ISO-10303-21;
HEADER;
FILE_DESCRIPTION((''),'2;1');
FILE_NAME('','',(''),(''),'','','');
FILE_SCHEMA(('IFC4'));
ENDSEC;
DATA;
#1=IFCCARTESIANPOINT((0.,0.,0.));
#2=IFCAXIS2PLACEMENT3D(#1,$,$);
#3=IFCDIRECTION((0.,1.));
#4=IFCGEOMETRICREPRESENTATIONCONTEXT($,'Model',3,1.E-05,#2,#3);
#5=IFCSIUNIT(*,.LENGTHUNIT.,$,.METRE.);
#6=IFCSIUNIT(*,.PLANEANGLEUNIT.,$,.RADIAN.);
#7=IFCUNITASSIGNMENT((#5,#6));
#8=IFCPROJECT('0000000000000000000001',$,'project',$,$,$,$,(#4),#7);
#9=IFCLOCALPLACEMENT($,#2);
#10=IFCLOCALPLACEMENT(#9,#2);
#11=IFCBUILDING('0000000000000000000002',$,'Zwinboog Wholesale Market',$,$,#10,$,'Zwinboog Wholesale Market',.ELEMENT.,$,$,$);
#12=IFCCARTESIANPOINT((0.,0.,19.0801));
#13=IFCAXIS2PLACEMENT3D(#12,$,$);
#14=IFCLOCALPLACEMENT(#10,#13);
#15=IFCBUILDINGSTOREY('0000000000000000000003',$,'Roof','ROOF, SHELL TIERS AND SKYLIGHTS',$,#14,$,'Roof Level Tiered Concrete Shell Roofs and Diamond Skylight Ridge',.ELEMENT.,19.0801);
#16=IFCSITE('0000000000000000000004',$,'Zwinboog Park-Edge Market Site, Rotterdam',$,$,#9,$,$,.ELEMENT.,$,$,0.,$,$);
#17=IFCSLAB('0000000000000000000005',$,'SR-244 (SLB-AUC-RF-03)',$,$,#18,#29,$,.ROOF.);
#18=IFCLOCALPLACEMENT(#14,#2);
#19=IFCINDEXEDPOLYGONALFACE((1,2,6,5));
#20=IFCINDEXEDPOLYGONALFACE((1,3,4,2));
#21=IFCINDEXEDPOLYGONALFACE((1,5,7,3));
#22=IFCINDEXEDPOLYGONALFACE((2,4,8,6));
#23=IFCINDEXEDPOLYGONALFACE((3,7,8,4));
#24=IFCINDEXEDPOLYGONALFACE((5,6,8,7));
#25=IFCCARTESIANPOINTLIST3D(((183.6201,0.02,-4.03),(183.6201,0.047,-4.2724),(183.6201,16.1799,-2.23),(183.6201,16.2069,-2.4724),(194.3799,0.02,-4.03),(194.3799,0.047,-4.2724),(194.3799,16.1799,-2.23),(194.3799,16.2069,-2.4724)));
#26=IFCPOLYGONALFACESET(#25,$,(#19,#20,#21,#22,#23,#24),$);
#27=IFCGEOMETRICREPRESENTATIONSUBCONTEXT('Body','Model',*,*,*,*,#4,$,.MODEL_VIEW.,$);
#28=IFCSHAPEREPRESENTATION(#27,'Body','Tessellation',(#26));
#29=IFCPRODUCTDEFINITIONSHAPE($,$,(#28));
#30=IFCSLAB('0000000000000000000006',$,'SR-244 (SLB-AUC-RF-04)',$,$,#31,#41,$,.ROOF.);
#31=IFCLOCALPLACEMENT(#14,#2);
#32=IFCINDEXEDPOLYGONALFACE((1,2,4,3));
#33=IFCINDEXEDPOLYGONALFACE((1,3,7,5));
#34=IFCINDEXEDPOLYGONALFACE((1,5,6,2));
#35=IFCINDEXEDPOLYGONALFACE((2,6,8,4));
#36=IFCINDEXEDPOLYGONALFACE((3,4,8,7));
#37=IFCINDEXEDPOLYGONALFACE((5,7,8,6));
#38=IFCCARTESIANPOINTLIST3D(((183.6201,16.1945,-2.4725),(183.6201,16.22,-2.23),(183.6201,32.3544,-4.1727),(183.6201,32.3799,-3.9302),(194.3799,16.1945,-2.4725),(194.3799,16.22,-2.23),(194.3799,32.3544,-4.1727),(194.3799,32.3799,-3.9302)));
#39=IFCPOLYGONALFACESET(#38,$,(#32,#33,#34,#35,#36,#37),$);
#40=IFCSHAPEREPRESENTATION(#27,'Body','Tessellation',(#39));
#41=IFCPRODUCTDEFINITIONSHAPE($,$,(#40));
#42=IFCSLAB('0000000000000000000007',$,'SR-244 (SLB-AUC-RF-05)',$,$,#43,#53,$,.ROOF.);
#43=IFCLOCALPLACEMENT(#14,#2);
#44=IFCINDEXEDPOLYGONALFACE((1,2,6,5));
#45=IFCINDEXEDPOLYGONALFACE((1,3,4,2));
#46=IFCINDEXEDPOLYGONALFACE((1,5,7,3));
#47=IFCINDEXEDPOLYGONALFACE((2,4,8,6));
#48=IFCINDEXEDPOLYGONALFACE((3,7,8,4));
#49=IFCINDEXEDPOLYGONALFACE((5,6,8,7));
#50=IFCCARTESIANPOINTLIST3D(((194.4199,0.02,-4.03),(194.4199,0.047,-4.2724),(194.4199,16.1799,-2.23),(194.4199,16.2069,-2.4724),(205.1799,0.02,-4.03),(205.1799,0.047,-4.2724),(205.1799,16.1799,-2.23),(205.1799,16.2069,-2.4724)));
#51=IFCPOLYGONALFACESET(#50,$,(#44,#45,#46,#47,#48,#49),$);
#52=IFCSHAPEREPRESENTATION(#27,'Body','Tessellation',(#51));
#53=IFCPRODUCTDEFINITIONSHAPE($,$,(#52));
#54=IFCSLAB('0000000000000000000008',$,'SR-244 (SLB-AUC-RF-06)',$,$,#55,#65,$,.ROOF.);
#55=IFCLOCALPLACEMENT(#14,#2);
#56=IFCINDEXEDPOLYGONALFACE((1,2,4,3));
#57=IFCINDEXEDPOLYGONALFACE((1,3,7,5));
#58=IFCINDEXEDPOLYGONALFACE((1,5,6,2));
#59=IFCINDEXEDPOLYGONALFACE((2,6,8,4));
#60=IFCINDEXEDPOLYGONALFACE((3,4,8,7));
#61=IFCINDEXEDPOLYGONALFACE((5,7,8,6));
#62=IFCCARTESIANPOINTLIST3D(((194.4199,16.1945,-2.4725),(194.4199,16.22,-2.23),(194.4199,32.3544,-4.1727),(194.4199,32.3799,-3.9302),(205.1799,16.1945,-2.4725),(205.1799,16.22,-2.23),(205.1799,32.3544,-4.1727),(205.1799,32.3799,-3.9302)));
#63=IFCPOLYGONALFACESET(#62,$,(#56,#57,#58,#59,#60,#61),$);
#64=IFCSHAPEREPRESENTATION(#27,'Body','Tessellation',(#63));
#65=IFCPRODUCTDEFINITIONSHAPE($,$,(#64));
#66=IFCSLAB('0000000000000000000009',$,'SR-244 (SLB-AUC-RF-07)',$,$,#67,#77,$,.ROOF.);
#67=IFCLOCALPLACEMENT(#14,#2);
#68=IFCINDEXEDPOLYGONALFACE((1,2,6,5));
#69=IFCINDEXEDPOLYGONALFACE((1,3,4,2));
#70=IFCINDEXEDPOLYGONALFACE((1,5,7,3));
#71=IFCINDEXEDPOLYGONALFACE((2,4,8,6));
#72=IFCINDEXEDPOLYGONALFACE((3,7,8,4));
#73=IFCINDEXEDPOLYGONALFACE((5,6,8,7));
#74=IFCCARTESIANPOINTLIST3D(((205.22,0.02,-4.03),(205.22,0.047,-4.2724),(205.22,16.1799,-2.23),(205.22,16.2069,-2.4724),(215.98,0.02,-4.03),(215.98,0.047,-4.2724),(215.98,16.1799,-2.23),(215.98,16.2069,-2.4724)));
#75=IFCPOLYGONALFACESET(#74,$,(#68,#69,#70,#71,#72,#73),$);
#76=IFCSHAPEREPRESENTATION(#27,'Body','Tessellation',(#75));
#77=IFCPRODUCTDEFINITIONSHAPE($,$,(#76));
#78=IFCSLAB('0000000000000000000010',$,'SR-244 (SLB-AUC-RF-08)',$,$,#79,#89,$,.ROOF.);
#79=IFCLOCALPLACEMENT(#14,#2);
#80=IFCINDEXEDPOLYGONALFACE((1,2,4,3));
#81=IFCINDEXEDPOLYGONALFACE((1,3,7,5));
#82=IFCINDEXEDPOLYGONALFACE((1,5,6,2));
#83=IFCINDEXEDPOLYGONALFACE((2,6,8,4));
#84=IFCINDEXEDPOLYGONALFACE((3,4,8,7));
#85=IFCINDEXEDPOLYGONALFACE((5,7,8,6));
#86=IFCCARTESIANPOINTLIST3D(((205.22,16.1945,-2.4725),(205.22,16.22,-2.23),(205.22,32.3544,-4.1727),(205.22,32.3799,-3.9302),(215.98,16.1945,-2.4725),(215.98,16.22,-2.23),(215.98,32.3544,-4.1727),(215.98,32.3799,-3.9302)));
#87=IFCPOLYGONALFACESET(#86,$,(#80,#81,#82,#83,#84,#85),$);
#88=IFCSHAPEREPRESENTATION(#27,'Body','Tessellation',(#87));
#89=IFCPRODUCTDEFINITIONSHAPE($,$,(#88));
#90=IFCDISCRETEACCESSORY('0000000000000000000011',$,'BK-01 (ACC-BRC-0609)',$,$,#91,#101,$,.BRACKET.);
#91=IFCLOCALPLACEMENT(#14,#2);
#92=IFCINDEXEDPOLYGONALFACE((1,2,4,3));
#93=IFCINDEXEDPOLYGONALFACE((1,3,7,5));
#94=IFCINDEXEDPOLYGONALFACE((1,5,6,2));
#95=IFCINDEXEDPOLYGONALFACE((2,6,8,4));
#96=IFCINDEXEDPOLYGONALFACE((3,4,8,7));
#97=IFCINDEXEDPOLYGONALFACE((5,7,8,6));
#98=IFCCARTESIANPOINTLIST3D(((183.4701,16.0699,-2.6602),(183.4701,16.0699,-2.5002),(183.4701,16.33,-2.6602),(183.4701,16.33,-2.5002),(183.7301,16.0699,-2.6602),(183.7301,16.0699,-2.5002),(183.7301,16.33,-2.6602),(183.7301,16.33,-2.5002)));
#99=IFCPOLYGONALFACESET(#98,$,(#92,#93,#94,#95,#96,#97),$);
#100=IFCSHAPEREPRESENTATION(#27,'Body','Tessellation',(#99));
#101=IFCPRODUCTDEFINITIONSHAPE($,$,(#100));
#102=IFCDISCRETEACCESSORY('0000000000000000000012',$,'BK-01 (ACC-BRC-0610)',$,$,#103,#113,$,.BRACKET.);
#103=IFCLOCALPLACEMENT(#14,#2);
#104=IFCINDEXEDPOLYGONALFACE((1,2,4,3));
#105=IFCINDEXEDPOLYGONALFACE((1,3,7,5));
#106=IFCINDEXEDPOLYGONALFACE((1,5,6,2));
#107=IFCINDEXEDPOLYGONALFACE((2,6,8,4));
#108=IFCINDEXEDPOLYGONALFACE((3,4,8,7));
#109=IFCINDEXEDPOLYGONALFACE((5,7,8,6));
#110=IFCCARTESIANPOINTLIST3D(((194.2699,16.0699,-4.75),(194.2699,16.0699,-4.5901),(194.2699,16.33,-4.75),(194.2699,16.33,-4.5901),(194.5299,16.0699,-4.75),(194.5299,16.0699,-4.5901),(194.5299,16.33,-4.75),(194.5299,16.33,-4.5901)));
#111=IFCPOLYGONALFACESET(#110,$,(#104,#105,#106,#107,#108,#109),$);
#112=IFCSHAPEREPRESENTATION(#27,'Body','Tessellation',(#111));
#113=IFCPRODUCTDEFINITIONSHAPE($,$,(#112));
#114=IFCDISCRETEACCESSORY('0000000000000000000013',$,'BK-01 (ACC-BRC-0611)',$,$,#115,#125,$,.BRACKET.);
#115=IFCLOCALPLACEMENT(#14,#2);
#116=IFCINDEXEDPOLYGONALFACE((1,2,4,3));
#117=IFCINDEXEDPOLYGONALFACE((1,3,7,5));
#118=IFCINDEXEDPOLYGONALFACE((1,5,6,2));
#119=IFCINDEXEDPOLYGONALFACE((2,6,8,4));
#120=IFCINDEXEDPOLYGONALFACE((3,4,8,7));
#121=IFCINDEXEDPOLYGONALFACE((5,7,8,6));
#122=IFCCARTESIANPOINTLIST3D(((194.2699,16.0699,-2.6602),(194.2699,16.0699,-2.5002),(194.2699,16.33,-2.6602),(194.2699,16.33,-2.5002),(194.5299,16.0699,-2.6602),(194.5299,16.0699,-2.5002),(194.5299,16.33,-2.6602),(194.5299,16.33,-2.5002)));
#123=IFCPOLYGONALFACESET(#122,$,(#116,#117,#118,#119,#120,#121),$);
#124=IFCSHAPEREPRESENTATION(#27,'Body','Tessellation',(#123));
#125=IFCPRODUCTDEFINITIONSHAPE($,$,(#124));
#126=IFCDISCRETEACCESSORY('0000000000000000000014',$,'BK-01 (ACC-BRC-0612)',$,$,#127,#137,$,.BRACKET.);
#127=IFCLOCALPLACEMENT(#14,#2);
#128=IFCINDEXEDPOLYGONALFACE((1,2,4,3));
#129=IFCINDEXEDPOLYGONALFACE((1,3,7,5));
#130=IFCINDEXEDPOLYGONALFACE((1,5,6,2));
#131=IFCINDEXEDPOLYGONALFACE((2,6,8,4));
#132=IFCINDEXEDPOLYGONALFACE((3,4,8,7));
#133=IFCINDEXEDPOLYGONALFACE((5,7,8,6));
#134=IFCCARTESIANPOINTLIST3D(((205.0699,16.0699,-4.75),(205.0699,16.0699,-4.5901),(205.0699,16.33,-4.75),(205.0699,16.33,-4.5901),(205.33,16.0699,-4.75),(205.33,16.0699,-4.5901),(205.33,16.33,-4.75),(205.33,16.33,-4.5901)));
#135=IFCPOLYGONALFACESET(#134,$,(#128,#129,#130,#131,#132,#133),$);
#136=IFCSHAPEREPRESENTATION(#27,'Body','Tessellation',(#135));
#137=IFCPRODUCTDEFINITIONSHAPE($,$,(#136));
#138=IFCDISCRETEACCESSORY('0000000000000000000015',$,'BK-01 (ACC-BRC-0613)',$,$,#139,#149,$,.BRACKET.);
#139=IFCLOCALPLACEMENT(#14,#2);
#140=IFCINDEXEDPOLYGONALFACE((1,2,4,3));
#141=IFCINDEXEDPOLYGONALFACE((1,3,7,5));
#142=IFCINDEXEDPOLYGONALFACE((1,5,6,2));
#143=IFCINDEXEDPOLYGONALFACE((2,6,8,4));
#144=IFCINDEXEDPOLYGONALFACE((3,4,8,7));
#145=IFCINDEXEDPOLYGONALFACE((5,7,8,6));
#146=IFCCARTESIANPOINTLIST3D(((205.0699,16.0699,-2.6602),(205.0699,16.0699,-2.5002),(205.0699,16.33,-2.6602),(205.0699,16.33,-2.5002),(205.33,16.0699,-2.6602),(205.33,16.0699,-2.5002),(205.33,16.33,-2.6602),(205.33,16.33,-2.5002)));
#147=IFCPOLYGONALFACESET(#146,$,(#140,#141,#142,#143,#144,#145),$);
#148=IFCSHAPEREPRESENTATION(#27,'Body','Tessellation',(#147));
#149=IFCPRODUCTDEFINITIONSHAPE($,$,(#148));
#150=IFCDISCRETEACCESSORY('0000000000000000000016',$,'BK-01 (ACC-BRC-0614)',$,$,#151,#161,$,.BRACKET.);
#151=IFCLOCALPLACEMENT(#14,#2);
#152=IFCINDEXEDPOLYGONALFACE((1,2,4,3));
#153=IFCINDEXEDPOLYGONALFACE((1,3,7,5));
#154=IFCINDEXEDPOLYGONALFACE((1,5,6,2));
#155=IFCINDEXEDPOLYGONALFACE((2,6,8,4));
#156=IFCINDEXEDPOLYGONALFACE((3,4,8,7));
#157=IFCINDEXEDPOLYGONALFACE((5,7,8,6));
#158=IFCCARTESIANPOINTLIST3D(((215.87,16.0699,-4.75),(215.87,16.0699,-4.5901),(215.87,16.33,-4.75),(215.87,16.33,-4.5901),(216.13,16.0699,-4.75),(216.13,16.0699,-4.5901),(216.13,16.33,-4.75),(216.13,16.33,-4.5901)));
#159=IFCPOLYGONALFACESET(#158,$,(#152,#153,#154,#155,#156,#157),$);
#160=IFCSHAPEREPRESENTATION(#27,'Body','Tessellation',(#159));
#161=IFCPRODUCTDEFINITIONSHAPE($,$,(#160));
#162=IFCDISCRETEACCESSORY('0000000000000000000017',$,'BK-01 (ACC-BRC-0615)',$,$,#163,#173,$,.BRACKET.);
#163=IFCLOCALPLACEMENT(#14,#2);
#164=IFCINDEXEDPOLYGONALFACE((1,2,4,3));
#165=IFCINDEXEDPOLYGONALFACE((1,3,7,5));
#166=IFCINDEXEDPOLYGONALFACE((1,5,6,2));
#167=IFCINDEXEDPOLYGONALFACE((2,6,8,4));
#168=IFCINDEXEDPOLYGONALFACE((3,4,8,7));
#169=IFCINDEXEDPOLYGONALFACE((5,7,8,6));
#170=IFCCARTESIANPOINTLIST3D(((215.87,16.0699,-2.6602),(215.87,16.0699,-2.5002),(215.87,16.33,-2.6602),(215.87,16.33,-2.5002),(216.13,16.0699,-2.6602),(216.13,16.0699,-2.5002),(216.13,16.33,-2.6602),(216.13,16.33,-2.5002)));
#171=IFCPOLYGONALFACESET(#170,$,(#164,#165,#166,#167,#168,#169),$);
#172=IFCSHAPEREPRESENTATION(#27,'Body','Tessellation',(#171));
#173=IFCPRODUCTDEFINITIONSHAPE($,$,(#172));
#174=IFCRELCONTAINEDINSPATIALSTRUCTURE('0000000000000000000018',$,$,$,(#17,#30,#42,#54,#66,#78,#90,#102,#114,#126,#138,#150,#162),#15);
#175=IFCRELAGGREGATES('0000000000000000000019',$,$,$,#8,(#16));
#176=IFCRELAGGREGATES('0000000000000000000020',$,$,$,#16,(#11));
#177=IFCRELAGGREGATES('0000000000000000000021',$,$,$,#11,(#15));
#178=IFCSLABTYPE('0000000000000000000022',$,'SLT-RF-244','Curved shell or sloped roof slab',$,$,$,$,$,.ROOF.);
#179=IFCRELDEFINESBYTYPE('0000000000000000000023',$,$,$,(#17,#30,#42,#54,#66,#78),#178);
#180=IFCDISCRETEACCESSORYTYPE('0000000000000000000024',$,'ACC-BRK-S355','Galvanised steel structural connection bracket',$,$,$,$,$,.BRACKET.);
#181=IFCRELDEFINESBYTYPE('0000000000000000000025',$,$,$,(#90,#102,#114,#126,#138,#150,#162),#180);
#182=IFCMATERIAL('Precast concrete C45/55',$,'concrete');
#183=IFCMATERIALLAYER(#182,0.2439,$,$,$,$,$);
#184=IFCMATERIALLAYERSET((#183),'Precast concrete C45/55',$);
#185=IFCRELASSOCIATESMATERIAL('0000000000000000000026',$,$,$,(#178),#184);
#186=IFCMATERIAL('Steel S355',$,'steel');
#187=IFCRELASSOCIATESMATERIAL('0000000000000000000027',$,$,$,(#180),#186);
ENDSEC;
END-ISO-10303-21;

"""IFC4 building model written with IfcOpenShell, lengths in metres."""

from ifc_helpers import new_model, si_unit, direction, frame, origin, origin_2d, place, context, subcontext, project, spatial, polyline, rectangle, outline, extrude, material, layer, layer_set, type_object, element, save


model = new_model("IFC4")

# Units and contexts
model_context = context("Model", 3, precision=1e-05, world=origin(), true_north=direction((0.0, 1.0)))
body_context = subcontext(model_context, "Body", "Model", "MODEL_VIEW")
ifc_project = project(units=[si_unit("LENGTHUNIT", "METRE"), si_unit("PLANEANGLEUNIT", "RADIAN")], contexts=[model_context])

# Site, building, storey
site_placement = place(None, origin())
site = spatial("IfcSite", under=ifc_project, at=site_placement, Name="Zwinboog Park-Edge Market Site, Rotterdam", CompositionType="ELEMENT", RefElevation=0.0)
building_placement = place(site_placement, origin())
building = spatial("IfcBuilding", under=site, at=building_placement, Name="Zwinboog Wholesale Market", LongName="Zwinboog Wholesale Market", CompositionType="ELEMENT")
storey_placement = place(building_placement, frame((0.0, 0.0, 19.0801)))
storey = spatial("IfcBuildingStorey", under=building, at=storey_placement, Name="Roof", Description="ROOF, SHELL TIERS AND SKYLIGHTS", LongName="Roof Level Tiered Concrete Shell Roofs and Diamond Skylight Ridge", CompositionType="ELEMENT", Elevation=19.0801)

# Shared definitions
ifc_material_1 = material(Name="Precast concrete C45/55", Category="concrete")
ifc_material_2 = material(Name="Steel S355", Category="steel")

# Slabs
ifc_layer = layer(ifc_material_1, 0.2439)
ifc_layer_set = layer_set([ifc_layer], Name="Precast concrete C45/55")
slab_type = type_object("IfcSlabType", Name="SLT-RF-244", Description="Curved shell or sloped roof slab", PredefinedType="ROOF", material=ifc_layer_set)
slab_1_placement = place(storey_placement, frame((183.6201, 0.02, -4.03), z_axis=(0.0, -0.110705, 0.993853), x_axis=(1.0, 0.0, 0.0)))
element("IfcSlab", 1, at=slab_1_placement, inside=storey, type_object=slab_type, Name="SR-244 (SLB-AUC-RF-03)", PredefinedType="ROOF", context=body_context, shape_type="SweptSolid", body=[
    extrude(outline(polyline([(0.0, 0.0), (10.7598, 0.0), (10.7598, 16.2599), (0.0, 16.2599), (0.0, 0.0)])), origin(), (0.0, 0.0, -1.0), 0.2439),
])
slab_2_placement = place(storey_placement, frame((183.6201, 16.22, -2.23), z_axis=(0.0, 0.104633, 0.994511), x_axis=(1.0, 0.0, 0.0)))
element("IfcSlab", 2, at=slab_2_placement, inside=storey, type_object=slab_type, Name="SR-244 (SLB-AUC-RF-04)", PredefinedType="ROOF", context=body_context, shape_type="SweptSolid", body=[
    extrude(outline(polyline([(0.0, 0.0), (10.7598, 0.0), (10.7598, 16.2491), (0.0, 16.2491), (0.0, 0.0)])), origin(), (0.0, 0.0, -1.0), 0.2439),
])
slab_3_placement = place(storey_placement, frame((194.4199, 0.02, -4.03), z_axis=(0.0, -0.110705, 0.993853), x_axis=(1.0, 0.0, 0.0)))
element("IfcSlab", 3, at=slab_3_placement, inside=storey, type_object=slab_type, Name="SR-244 (SLB-AUC-RF-05)", PredefinedType="ROOF", context=body_context, shape_type="SweptSolid", body=[
    extrude(outline(polyline([(0.0, 0.0), (10.76, 0.0), (10.76, 16.2599), (0.0, 16.2599), (0.0, 0.0)])), origin(), (0.0, 0.0, -1.0), 0.2439),
])
slab_4_placement = place(storey_placement, frame((194.4199, 16.22, -2.23), z_axis=(0.0, 0.104633, 0.994511), x_axis=(1.0, 0.0, 0.0)))
element("IfcSlab", 4, at=slab_4_placement, inside=storey, type_object=slab_type, Name="SR-244 (SLB-AUC-RF-06)", PredefinedType="ROOF", context=body_context, shape_type="SweptSolid", body=[
    extrude(outline(polyline([(0.0, 0.0), (10.76, 0.0), (10.76, 16.2491), (0.0, 16.2491), (0.0, 0.0)])), origin(), (0.0, 0.0, -1.0), 0.2439),
])
slab_5_placement = place(storey_placement, frame((205.22, 0.02, -4.03), z_axis=(0.0, -0.110705, 0.993853), x_axis=(1.0, 0.0, 0.0)))
element("IfcSlab", 5, at=slab_5_placement, inside=storey, type_object=slab_type, Name="SR-244 (SLB-AUC-RF-07)", PredefinedType="ROOF", context=body_context, shape_type="SweptSolid", body=[
    extrude(outline(polyline([(0.0, 0.0), (10.76, 0.0), (10.76, 16.2599), (0.0, 16.2599), (0.0, 0.0)])), origin(), (0.0, 0.0, -1.0), 0.2439),
])
slab_6_placement = place(storey_placement, frame((205.22, 16.22, -2.23), z_axis=(0.0, 0.104633, 0.994511), x_axis=(1.0, 0.0, 0.0)))
element("IfcSlab", 6, at=slab_6_placement, inside=storey, type_object=slab_type, Name="SR-244 (SLB-AUC-RF-08)", PredefinedType="ROOF", context=body_context, shape_type="SweptSolid", body=[
    extrude(outline(polyline([(0.0, 0.0), (10.76, 0.0), (10.76, 16.2491), (0.0, 16.2491), (0.0, 0.0)])), origin(), (0.0, 0.0, -1.0), 0.2439),
])

# Discrete accessories
discrete_accessory_type = type_object("IfcDiscreteAccessoryType", Name="ACC-BRK-S355", Description="Galvanised steel structural connection bracket", PredefinedType="BRACKET", material=ifc_material_2)
for number, where, z_axis, x_axis, name in (
    (7, (183.6001, 16.2, -2.6602), (0.0, 0.0, 1.0), (1.0, 0.0, 0.0), "BK-01 (ACC-BRC-0609)"),
    (8, (194.3999, 16.2, -4.75), (0.0, 0.0, 1.0), (1.0, 0.0, 0.0), "BK-01 (ACC-BRC-0610)"),
    (9, (194.3999, 16.2, -2.6602), (0.0, 0.0, 1.0), (1.0, 0.0, 0.0), "BK-01 (ACC-BRC-0611)"),
    (10, (205.2, 16.2, -4.75), (0.0, 0.0, 1.0), (1.0, 0.0, 0.0), "BK-01 (ACC-BRC-0612)"),
    (11, (205.2, 16.2, -2.6602), (0.0, 0.0, 1.0), (1.0, 0.0, 0.0), "BK-01 (ACC-BRC-0613)"),
    (12, (216.0, 16.2, -4.75), (0.0, 0.0, 1.0), (1.0, 0.0, 0.0), "BK-01 (ACC-BRC-0614)"),
    (13, (216.0, 16.2, -2.6602), (0.0, 0.0, 1.0), (1.0, 0.0, 0.0), "BK-01 (ACC-BRC-0615)"),
):
    element("IfcDiscreteAccessory", number, at=place(storey_placement, frame(where, z_axis=z_axis, x_axis=x_axis)), inside=storey, type_object=discrete_accessory_type, Name=name, PredefinedType="BRACKET", context=body_context, shape_type="SweptSolid", body=[
        extrude(rectangle(XDim=0.26, YDim=0.26, at=origin_2d()), origin(), (0.0, 0.0, 1.0), 0.1599),
    ])

save(model, "model.ifc")
